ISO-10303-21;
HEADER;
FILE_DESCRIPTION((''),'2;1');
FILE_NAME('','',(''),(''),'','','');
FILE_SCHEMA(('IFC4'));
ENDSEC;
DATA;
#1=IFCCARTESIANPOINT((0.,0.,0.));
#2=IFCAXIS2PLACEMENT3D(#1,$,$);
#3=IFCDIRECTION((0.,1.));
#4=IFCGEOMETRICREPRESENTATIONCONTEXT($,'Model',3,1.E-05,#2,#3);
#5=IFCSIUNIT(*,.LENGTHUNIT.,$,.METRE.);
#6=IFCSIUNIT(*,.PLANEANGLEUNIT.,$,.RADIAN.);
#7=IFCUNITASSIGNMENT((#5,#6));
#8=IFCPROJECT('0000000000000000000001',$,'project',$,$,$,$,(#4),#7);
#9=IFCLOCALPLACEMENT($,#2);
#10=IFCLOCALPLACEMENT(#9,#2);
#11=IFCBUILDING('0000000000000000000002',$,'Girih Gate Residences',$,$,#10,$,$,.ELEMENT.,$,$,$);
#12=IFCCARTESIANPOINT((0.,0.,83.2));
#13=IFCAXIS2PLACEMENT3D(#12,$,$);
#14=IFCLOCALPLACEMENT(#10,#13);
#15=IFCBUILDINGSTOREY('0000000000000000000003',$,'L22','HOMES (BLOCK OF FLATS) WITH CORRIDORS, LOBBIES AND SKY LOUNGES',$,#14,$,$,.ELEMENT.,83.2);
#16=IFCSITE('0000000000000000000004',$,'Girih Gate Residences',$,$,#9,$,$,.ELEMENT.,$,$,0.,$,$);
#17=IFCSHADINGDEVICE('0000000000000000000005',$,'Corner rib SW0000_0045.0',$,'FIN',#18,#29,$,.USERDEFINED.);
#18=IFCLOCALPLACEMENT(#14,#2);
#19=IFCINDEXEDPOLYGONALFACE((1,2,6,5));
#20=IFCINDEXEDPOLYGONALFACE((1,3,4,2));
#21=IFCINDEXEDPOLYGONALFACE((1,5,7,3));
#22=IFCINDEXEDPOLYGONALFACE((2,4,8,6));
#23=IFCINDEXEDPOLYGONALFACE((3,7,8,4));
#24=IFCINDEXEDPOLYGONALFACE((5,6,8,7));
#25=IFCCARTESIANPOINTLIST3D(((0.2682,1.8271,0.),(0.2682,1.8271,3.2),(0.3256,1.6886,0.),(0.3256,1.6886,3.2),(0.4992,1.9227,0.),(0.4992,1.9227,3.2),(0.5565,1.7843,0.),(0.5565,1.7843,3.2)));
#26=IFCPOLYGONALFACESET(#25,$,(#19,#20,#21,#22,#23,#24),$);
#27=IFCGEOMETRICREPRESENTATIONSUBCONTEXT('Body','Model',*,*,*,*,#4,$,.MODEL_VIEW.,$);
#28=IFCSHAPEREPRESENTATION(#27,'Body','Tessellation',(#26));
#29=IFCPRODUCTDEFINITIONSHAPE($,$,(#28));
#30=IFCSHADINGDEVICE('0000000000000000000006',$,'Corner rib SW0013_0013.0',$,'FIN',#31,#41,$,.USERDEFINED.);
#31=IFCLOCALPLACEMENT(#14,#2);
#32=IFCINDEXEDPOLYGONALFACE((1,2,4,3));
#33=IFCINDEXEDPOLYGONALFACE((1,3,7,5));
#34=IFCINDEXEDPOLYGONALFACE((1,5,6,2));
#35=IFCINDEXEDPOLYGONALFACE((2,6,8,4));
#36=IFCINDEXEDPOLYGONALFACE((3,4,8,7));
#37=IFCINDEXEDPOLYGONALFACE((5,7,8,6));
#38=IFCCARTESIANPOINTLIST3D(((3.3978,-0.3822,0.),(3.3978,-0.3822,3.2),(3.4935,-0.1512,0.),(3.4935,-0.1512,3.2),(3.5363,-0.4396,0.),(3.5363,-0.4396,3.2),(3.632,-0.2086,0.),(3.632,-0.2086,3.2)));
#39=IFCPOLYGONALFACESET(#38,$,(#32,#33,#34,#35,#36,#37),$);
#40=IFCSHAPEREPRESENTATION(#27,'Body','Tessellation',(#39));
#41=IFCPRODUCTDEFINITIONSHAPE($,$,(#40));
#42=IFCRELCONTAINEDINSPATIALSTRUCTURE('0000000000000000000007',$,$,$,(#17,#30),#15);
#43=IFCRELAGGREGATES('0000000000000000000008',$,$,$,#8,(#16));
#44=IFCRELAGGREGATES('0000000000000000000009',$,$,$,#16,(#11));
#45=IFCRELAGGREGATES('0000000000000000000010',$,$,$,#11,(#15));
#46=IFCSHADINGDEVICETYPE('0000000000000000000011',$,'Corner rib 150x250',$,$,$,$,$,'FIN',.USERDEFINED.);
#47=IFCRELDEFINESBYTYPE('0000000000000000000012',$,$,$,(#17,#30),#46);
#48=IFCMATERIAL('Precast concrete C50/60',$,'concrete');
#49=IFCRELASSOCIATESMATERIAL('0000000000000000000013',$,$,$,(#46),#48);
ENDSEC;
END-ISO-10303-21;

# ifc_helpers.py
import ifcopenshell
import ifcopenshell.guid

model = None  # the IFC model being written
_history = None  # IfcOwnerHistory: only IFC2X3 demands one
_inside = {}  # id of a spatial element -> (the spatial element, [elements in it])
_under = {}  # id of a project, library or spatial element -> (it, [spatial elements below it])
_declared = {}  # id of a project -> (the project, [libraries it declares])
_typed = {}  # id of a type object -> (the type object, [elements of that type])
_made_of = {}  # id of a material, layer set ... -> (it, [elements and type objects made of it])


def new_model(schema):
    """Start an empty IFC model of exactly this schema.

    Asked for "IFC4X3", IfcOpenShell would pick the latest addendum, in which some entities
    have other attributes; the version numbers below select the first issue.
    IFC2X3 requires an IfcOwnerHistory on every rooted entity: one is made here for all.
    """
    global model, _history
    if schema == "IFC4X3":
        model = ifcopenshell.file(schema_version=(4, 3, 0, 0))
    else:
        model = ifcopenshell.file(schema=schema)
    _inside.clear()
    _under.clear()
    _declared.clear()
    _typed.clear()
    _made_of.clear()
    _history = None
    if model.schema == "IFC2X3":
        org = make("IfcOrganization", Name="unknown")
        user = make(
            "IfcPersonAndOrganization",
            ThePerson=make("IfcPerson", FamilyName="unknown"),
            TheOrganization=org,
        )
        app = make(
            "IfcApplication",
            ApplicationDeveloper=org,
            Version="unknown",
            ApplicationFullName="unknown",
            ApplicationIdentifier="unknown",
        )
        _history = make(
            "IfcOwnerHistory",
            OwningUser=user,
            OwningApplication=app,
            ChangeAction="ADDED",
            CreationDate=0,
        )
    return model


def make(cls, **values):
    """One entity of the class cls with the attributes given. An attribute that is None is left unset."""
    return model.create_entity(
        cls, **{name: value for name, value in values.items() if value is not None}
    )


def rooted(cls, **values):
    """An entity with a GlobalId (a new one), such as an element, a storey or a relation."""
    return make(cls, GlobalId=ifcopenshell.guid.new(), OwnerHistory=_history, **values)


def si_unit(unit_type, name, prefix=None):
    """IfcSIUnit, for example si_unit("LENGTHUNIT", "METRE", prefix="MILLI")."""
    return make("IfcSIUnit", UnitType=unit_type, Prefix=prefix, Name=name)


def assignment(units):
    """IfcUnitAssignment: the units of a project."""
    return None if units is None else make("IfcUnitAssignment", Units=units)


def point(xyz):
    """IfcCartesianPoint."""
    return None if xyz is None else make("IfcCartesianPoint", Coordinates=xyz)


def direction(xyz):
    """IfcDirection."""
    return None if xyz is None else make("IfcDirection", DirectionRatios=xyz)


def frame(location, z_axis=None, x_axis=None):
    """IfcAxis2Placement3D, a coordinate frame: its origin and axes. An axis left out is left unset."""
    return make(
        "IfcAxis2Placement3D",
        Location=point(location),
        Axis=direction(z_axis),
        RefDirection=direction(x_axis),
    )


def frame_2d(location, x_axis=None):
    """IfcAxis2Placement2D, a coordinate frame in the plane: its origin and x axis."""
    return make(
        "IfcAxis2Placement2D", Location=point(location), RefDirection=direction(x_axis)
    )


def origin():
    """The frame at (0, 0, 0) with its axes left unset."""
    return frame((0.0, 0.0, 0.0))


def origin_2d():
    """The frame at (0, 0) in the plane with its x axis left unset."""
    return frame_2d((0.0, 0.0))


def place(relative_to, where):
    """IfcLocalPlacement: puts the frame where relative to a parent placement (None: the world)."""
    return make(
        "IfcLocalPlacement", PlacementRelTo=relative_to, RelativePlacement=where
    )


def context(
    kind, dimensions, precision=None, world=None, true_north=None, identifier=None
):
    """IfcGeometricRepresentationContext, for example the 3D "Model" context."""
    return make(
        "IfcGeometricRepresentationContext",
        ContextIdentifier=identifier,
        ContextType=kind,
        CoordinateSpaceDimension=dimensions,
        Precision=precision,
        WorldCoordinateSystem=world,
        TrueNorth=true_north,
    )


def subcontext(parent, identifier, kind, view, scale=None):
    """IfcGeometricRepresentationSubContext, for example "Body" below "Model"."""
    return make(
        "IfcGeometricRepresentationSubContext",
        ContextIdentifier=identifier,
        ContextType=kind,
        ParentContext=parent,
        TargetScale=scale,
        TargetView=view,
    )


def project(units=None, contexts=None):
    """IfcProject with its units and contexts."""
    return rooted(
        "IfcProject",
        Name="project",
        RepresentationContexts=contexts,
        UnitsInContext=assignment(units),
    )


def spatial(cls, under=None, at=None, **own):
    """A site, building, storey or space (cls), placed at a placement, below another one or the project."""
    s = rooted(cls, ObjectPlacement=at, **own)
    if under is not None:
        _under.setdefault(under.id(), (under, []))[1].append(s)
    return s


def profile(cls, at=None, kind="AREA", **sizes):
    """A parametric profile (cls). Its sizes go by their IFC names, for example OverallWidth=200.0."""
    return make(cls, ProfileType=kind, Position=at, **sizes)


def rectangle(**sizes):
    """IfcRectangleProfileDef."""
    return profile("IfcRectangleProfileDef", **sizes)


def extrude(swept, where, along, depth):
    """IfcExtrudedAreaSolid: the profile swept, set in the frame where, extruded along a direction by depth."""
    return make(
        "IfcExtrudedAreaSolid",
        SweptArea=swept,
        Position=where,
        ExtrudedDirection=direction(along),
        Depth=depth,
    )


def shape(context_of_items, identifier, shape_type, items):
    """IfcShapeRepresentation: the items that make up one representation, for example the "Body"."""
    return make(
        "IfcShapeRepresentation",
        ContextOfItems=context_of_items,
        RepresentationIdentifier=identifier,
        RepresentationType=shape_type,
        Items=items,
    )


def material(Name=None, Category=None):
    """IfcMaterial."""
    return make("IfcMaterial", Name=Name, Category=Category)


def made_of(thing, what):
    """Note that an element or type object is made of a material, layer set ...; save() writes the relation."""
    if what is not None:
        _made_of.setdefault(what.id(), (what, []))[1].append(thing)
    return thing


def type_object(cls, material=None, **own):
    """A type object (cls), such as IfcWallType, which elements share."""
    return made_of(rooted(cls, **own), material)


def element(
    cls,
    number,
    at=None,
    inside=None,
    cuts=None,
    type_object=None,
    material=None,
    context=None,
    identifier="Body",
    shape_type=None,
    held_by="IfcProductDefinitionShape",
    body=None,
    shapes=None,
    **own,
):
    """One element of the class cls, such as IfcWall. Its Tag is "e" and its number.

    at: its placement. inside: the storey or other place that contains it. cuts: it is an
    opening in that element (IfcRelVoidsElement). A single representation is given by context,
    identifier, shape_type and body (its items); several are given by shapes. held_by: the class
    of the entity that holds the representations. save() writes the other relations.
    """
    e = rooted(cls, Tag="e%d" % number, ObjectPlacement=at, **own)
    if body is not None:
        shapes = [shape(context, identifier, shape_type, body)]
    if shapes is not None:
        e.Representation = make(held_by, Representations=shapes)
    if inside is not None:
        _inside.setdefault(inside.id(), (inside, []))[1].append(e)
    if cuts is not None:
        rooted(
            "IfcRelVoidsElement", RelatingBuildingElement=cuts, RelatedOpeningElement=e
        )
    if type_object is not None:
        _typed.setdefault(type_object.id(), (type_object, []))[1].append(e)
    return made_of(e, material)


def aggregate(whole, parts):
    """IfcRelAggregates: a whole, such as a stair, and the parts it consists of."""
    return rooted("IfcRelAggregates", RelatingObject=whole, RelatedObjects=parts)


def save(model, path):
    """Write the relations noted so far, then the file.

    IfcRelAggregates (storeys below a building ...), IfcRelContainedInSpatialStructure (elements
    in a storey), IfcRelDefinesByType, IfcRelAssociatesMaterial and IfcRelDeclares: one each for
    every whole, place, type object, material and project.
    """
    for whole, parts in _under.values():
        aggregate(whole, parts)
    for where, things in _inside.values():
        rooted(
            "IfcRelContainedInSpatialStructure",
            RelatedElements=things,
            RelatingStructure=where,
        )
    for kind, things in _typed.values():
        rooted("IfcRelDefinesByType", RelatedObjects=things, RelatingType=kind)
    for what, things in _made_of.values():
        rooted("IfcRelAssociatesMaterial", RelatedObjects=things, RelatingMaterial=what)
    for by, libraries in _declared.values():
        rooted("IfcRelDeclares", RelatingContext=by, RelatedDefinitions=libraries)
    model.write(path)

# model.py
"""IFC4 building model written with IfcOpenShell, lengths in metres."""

from ifc_helpers import new_model, si_unit, direction, frame, origin, origin_2d, place, context, subcontext, project, spatial, rectangle, extrude, material, type_object, element, save


model = new_model("IFC4")

# Units and contexts
model_context = context("Model", 3, precision=1e-05, world=origin(), true_north=direction((0.0, 1.0)))
body_context = subcontext(model_context, "Body", "Model", "MODEL_VIEW")
ifc_project = project(units=[si_unit("LENGTHUNIT", "METRE"), si_unit("PLANEANGLEUNIT", "RADIAN")], contexts=[model_context])

# Site, building, storey
site_placement = place(None, origin())
site = spatial("IfcSite", under=ifc_project, at=site_placement, Name="Girih Gate Residences", CompositionType="ELEMENT", RefElevation=0.0)
building_placement = place(site_placement, origin())
building = spatial("IfcBuilding", under=site, at=building_placement, Name="Girih Gate Residences", CompositionType="ELEMENT")
storey_placement = place(building_placement, frame((0.0, 0.0, 83.2)))
storey = spatial("IfcBuildingStorey", under=building, at=storey_placement, Name="L22", Description="HOMES (BLOCK OF FLATS) WITH CORRIDORS, LOBBIES AND SKY LOUNGES", CompositionType="ELEMENT", Elevation=83.2)

# Shared definitions
ifc_material_1 = material(Name="Precast concrete C50/60", Category="concrete")

# Shading devices
shading_device_type = type_object("IfcShadingDeviceType", Name="Corner rib 150x250", ElementType="FIN", PredefinedType="USERDEFINED", material=ifc_material_1)
for number, where, z_axis, x_axis, name in (
    (1, (0.4124, 1.8057, 0.0), (0.0, 0.0, 1.0), (0.382683, -0.92388, 0.0), "Corner rib SW0000_0045.0"),
    (2, (3.5149, -0.2954, 0.0), (0.0, 0.0, 1.0), (0.92388, -0.382683, 0.0), "Corner rib SW0013_0013.0"),
):
    element("IfcShadingDevice", number, at=place(storey_placement, frame(where, z_axis=z_axis, x_axis=x_axis)), inside=storey, type_object=shading_device_type, Name=name, ObjectType="FIN", PredefinedType="USERDEFINED", context=body_context, shape_type="SweptSolid", body=[
        extrude(rectangle(XDim=0.1499, YDim=0.25, at=origin_2d()), origin(), (0.0, 0.0, 1.0), 3.2),
    ])

save(model, "model.ifc")
